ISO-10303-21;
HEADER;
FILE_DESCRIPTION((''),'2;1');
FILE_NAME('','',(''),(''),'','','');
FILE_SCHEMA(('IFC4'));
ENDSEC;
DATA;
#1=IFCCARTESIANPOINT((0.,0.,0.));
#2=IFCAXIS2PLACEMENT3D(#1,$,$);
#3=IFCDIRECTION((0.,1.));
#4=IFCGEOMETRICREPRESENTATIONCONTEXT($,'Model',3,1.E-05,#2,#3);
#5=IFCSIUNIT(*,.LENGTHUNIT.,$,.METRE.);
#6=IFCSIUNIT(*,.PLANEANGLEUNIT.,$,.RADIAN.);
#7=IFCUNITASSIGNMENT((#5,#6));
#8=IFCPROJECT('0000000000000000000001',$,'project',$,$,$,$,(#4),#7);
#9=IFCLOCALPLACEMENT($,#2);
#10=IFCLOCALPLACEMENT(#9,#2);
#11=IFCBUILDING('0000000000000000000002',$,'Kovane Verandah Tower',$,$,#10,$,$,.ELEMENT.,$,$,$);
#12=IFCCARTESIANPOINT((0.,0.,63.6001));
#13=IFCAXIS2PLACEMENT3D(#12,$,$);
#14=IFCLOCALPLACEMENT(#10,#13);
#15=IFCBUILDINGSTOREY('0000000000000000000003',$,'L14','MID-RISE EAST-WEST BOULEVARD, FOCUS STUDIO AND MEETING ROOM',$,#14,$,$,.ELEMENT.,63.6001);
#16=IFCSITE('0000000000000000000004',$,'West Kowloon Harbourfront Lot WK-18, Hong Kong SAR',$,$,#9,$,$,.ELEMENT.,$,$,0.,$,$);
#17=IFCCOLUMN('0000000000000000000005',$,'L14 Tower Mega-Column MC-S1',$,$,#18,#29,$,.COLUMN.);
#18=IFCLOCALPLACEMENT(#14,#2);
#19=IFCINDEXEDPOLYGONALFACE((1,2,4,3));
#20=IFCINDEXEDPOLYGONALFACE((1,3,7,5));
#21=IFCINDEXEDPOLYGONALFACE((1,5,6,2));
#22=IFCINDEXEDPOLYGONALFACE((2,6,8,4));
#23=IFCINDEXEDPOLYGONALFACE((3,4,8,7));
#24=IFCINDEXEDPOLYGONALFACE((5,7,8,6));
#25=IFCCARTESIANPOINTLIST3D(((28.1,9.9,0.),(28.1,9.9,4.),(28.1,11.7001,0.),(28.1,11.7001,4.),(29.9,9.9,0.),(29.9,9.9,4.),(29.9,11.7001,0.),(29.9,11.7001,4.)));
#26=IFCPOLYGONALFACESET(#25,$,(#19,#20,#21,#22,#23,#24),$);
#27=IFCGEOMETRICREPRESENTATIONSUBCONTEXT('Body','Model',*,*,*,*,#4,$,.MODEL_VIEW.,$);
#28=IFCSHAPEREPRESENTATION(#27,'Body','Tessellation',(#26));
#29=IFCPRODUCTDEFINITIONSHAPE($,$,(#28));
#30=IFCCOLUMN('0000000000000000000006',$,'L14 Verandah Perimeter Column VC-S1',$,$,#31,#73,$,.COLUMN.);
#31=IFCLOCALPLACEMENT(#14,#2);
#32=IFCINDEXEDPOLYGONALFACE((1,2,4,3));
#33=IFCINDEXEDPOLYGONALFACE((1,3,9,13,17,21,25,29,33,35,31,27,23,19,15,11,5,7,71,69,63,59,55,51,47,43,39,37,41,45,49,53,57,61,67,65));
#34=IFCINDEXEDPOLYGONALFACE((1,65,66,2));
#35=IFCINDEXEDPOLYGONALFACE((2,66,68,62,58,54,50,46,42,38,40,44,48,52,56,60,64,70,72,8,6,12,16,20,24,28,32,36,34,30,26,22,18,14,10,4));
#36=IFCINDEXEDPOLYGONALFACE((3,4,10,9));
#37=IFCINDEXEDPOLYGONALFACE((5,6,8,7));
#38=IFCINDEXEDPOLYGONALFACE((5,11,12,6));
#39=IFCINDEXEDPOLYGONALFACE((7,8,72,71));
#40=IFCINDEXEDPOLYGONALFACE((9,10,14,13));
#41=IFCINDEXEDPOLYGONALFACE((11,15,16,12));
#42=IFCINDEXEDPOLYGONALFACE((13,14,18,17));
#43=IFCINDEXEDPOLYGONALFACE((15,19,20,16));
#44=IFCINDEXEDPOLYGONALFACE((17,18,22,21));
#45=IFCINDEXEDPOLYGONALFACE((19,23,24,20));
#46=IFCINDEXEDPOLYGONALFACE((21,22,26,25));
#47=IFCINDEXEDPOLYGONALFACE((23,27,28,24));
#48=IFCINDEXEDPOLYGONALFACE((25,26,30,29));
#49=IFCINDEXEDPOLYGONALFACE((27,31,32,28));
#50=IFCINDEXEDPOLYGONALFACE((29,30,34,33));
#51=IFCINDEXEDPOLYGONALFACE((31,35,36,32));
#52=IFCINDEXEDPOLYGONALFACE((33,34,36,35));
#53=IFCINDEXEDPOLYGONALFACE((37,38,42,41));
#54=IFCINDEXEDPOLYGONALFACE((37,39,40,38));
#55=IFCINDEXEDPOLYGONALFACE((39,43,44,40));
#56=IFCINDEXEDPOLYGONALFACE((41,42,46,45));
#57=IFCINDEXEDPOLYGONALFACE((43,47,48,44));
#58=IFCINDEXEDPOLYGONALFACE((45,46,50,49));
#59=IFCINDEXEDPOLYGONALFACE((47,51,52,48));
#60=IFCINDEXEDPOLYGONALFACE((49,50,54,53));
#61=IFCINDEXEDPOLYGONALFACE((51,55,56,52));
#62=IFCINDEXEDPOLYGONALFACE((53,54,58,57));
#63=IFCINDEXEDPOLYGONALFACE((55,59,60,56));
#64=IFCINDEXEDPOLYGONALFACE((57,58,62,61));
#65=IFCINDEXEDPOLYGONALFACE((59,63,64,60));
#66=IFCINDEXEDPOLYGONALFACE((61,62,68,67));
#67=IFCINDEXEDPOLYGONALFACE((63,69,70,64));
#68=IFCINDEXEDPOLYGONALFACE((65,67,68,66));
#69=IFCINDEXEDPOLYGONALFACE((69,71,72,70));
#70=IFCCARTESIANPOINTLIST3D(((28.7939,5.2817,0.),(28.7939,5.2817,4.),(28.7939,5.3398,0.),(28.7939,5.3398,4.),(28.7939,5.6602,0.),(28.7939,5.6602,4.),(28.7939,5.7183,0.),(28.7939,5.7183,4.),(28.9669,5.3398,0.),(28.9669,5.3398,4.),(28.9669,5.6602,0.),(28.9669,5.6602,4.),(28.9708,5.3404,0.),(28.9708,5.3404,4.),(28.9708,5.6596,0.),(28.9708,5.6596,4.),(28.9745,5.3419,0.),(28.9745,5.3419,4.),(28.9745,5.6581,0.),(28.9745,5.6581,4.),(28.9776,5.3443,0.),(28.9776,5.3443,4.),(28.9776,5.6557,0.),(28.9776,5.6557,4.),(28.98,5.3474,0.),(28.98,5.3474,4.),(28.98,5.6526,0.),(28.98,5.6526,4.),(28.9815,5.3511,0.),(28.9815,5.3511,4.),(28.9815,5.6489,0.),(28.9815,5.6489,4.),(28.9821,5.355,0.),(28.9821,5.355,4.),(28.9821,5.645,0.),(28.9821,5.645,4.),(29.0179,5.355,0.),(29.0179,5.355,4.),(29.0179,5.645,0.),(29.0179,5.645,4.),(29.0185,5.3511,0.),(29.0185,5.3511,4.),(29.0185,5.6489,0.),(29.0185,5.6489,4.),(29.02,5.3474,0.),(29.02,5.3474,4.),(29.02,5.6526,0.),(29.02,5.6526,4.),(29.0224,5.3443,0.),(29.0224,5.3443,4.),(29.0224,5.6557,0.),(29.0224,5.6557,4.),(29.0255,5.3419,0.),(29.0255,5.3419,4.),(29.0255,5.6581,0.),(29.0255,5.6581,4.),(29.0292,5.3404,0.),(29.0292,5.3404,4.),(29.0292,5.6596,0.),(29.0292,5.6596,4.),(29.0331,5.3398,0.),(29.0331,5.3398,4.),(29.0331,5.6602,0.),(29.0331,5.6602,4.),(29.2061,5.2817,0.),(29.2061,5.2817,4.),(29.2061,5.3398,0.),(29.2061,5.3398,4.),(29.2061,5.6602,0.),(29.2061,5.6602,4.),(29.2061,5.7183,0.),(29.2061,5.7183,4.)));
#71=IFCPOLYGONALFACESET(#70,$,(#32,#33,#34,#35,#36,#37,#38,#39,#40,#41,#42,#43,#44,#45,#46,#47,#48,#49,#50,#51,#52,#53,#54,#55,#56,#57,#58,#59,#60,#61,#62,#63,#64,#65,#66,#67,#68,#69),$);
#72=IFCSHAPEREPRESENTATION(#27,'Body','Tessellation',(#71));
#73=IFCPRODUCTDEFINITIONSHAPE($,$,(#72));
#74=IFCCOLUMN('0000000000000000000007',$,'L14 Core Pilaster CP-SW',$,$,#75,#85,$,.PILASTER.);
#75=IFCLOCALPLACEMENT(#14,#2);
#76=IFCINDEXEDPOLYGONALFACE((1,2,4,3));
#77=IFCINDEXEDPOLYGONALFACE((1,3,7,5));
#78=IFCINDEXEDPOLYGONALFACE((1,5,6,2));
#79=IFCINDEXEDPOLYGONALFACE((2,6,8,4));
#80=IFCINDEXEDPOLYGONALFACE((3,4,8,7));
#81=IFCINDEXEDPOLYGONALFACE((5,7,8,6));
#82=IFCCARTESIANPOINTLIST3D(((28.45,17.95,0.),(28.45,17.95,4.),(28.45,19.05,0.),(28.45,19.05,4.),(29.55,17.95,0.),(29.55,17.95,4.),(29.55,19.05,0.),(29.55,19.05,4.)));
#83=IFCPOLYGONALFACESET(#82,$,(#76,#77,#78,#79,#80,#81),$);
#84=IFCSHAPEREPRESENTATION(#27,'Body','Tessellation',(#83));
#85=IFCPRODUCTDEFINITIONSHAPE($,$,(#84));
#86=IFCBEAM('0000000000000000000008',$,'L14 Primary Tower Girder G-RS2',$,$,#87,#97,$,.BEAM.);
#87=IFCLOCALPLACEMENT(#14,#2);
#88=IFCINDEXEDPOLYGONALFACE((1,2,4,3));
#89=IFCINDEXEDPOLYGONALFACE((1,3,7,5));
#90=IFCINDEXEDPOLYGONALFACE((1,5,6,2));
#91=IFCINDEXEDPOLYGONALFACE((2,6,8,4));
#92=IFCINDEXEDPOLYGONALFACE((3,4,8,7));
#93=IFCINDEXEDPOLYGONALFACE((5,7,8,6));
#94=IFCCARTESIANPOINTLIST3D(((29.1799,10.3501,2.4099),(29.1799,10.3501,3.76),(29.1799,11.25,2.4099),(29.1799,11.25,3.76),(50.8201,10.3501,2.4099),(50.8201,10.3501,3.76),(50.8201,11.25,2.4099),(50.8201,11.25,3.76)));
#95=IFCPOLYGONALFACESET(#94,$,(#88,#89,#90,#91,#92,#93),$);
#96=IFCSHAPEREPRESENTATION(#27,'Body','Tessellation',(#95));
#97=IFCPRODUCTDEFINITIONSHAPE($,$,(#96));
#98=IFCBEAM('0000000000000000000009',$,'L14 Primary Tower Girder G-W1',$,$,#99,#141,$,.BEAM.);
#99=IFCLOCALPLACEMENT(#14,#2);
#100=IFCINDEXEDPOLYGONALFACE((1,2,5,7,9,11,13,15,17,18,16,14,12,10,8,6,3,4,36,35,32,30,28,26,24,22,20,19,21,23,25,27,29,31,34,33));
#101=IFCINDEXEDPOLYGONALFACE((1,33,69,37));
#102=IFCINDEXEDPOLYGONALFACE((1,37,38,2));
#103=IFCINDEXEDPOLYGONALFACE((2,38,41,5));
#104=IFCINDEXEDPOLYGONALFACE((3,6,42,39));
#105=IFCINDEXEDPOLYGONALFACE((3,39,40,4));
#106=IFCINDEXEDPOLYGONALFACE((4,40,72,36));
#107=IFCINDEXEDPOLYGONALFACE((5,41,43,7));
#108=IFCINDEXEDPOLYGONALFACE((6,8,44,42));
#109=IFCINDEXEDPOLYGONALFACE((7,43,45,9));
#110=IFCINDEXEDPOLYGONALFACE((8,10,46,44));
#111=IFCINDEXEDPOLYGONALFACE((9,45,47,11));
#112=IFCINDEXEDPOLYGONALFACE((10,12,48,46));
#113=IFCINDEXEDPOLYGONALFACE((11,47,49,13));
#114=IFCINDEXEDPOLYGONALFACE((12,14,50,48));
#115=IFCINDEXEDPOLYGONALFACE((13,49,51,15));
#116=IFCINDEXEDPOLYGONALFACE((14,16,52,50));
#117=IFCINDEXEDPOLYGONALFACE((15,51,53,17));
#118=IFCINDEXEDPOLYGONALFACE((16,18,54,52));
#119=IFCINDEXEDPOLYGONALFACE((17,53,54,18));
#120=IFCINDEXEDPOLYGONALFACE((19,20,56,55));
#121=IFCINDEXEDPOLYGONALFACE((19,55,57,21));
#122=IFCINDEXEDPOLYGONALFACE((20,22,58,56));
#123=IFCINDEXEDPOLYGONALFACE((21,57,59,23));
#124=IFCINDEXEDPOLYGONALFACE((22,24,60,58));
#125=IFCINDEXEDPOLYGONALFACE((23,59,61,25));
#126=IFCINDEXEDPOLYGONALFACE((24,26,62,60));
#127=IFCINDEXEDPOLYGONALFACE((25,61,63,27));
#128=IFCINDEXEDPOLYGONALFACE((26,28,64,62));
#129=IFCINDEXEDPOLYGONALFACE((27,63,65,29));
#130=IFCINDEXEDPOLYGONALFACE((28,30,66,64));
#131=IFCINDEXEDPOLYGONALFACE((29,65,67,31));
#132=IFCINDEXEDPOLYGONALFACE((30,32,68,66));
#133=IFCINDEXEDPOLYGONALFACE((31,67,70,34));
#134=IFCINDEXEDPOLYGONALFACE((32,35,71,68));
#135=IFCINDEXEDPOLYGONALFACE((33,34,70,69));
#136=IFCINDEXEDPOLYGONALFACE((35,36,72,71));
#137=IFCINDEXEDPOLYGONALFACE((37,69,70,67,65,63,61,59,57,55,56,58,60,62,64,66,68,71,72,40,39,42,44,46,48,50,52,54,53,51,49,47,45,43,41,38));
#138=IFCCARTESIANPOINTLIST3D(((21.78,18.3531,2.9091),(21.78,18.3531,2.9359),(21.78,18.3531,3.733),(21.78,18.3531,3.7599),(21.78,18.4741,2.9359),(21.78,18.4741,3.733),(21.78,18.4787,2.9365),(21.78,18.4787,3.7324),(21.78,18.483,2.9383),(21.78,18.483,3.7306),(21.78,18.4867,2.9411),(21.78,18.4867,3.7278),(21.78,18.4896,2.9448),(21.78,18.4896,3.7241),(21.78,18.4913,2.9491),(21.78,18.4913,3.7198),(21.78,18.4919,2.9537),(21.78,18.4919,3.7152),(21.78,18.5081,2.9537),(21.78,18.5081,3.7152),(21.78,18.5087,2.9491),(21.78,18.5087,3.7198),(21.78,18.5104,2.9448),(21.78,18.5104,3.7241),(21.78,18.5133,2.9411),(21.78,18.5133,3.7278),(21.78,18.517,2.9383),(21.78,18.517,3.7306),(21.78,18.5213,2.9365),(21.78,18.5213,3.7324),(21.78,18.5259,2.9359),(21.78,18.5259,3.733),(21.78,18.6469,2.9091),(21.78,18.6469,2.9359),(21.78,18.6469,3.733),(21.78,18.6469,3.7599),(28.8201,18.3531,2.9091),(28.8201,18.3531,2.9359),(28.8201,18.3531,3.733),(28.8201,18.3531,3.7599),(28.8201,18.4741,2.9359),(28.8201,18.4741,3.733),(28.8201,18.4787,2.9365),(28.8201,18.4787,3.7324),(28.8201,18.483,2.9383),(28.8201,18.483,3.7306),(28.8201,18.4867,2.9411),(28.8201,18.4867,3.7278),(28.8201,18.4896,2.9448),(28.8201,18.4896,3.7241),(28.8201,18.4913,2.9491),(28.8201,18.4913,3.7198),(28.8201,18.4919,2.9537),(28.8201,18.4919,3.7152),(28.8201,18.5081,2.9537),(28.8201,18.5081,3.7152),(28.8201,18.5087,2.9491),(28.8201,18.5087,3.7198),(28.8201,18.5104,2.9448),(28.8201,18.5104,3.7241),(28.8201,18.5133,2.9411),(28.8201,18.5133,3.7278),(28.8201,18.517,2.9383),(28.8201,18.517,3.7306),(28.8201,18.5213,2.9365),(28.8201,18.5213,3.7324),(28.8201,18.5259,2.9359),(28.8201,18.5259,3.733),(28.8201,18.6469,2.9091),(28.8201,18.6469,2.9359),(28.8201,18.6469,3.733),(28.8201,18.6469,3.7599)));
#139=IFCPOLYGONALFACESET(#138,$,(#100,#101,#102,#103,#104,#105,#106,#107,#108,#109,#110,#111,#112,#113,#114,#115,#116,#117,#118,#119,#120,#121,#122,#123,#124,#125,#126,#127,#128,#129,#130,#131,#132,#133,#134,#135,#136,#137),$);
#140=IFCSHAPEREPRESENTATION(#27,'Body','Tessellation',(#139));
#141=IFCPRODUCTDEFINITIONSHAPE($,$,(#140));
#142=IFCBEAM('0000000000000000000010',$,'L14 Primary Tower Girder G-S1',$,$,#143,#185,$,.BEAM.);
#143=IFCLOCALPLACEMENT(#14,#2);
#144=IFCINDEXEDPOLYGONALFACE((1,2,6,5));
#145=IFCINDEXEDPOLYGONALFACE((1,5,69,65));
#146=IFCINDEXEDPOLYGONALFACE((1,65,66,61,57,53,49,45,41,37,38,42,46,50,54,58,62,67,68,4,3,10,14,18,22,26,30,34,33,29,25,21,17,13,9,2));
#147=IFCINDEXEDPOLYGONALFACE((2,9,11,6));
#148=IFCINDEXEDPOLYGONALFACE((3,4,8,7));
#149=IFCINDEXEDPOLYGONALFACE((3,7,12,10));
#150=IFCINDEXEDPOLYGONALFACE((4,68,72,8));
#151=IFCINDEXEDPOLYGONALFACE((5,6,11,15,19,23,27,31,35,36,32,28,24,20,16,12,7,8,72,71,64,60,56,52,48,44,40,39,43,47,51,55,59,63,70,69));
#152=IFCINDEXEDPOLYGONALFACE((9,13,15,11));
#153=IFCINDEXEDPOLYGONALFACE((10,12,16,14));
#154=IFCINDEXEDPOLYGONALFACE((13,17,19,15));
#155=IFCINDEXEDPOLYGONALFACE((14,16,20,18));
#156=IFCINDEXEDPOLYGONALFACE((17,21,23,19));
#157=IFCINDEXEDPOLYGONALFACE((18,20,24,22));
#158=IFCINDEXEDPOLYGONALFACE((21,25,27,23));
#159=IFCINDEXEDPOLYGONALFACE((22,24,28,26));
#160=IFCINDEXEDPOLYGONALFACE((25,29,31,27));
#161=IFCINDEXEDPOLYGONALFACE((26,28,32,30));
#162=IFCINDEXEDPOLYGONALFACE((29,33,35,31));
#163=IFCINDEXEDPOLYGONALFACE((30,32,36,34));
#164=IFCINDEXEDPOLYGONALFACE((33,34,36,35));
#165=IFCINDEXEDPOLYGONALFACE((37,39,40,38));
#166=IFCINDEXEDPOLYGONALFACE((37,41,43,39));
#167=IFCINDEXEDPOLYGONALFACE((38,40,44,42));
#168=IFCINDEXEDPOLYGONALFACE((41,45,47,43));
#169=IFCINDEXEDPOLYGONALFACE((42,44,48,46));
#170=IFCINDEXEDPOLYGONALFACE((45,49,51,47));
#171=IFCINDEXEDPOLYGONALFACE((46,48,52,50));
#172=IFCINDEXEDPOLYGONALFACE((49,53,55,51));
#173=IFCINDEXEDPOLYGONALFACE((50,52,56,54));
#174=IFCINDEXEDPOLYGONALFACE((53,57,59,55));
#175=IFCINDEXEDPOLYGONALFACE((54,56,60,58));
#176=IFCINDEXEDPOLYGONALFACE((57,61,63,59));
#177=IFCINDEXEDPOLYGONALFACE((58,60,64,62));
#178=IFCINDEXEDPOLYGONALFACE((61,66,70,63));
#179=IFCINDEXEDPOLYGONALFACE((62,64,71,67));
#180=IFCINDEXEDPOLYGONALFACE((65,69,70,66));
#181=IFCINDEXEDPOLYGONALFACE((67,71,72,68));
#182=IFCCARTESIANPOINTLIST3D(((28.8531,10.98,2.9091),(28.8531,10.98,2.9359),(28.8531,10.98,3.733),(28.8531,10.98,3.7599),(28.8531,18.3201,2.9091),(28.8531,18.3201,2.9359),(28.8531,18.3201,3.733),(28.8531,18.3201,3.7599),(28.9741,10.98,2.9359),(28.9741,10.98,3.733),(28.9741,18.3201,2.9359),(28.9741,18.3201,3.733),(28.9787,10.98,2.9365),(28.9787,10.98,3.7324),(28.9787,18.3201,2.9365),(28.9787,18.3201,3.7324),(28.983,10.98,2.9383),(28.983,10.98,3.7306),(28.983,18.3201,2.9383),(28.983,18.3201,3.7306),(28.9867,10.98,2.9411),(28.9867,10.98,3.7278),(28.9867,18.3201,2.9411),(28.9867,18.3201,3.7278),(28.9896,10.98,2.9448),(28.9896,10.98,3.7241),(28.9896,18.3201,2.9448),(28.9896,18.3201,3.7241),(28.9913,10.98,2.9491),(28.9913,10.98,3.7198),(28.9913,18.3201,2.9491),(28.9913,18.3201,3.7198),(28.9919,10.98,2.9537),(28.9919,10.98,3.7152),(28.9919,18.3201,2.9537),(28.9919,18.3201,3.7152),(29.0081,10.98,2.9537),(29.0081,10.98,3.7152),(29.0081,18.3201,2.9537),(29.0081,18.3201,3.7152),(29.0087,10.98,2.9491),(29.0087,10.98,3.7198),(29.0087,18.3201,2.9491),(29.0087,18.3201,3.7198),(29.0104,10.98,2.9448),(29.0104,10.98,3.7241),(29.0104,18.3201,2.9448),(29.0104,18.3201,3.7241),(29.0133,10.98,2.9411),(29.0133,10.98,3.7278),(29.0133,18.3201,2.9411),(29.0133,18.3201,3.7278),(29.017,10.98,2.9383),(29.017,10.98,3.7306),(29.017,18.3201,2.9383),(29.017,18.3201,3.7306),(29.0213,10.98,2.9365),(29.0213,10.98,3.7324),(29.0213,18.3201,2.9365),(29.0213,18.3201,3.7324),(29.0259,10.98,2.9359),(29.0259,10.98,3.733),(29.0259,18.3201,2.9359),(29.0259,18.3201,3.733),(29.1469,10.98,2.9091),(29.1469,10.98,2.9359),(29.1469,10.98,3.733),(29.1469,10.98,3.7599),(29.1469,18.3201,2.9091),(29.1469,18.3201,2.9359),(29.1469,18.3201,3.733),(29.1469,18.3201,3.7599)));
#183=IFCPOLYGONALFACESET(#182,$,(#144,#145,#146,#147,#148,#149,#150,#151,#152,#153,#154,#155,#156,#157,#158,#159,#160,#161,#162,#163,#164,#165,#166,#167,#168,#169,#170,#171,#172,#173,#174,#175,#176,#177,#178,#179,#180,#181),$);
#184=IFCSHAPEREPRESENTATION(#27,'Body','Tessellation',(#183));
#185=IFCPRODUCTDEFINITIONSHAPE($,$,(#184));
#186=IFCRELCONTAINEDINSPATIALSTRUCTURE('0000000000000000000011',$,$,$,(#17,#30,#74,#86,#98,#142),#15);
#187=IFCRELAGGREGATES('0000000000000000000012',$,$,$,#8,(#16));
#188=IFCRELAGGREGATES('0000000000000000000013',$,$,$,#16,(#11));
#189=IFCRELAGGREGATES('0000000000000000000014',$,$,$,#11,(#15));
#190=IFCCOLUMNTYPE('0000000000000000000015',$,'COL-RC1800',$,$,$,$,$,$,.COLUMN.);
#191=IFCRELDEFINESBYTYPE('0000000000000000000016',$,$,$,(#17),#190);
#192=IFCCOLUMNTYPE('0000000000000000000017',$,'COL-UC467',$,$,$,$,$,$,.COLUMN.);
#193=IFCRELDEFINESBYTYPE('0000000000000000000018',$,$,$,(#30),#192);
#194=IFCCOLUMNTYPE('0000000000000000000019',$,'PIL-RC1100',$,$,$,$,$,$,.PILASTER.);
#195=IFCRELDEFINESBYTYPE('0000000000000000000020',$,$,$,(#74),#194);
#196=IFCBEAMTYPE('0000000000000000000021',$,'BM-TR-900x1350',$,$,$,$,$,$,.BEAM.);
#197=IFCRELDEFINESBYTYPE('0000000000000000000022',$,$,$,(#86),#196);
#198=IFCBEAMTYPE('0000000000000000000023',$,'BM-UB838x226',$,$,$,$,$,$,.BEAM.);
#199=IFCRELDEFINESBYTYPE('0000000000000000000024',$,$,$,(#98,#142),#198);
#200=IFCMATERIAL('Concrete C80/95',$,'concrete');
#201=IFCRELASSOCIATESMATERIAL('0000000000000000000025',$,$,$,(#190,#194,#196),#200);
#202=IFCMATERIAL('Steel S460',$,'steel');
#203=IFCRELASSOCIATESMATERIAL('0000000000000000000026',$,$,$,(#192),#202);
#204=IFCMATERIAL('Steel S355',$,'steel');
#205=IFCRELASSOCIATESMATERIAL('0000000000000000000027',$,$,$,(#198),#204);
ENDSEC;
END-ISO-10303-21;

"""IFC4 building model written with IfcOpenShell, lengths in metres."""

from ifc_helpers import new_model, si_unit, direction, frame, origin, origin_2d, place, context, subcontext, project, spatial, rectangle, i_section, extrude, material, material_profile, profile_set, type_object, element, save


model = new_model("IFC4")

# Units and contexts
model_context = context("Model", 3, precision=1e-05, world=origin(), true_north=direction((0.0, 1.0)))
body_context = subcontext(model_context, "Body", "Model", "MODEL_VIEW")
ifc_project = project(units=[si_unit("LENGTHUNIT", "METRE"), si_unit("PLANEANGLEUNIT", "RADIAN")], contexts=[model_context])

# Site, building, storey
site_placement = place(None, origin())
site = spatial("IfcSite", under=ifc_project, at=site_placement, Name="West Kowloon Harbourfront Lot WK-18, Hong Kong SAR", CompositionType="ELEMENT", RefElevation=0.0)
building_placement = place(site_placement, origin())
building = spatial("IfcBuilding", under=site, at=building_placement, Name="Kovane Verandah Tower", CompositionType="ELEMENT")
storey_placement = place(building_placement, frame((0.0, 0.0, 63.6001)))
storey = spatial("IfcBuildingStorey", under=building, at=storey_placement, Name="L14", Description="MID-RISE EAST-WEST BOULEVARD, FOCUS STUDIO AND MEETING ROOM", CompositionType="ELEMENT", Elevation=63.6001)

# Columns
ifc_material_1 = material(Name="Concrete C80/95", Category="concrete")
ifc_material_profile_1 = material_profile(ifc_material_1, rectangle(XDim=1.8, YDim=1.8, at=origin_2d()), Name="RC1800x1800")
ifc_profile_set_1 = profile_set([ifc_material_profile_1], Name="Concrete C80/95")
column_type_1 = type_object("IfcColumnType", Name="COL-RC1800", PredefinedType="COLUMN", material=ifc_profile_set_1)
column_1_placement = place(storey_placement, frame((29.0, 10.8, 0.0), z_axis=(0.0, 0.0, 1.0), x_axis=(1.0, 0.0, 0.0)))
element("IfcColumn", 1, at=column_1_placement, inside=storey, type_object=column_type_1, Name="L14 Tower Mega-Column MC-S1", PredefinedType="COLUMN", context=body_context, shape_type="SweptSolid", body=[
    extrude(rectangle(XDim=1.8, YDim=1.8, at=origin_2d()), origin(), (0.0, 0.0, 1.0), 4.0),
])
ifc_material_2 = material(Name="Steel S460", Category="steel")
ifc_material_profile_2 = material_profile(ifc_material_2, i_section(OverallWidth=0.4121, OverallDepth=0.4365, WebThickness=0.0359, FlangeThickness=0.0581, FilletRadius=0.0151, at=origin_2d()), Name="UC356x406x467")
ifc_profile_set_2 = profile_set([ifc_material_profile_2], Name="Steel S460")
column_type_2 = type_object("IfcColumnType", Name="COL-UC467", PredefinedType="COLUMN", material=ifc_profile_set_2)
column_2_placement = place(storey_placement, frame((29.0, 5.5, 0.0), z_axis=(0.0, 0.0, 1.0), x_axis=(1.0, 0.0, 0.0)))
element("IfcColumn", 2, at=column_2_placement, inside=storey, type_object=column_type_2, Name="L14 Verandah Perimeter Column VC-S1", PredefinedType="COLUMN", context=body_context, shape_type="SweptSolid", body=[
    extrude(i_section(OverallWidth=0.4121, OverallDepth=0.4365, WebThickness=0.0359, FlangeThickness=0.0581, FilletRadius=0.0151, at=origin_2d()), origin(), (0.0, 0.0, 1.0), 4.0),
])
ifc_material_profile_3 = material_profile(ifc_material_1, rectangle(XDim=1.1001, YDim=1.1001, at=origin_2d()), Name="RC1100x1100")
ifc_profile_set_3 = profile_set([ifc_material_profile_3], Name="Concrete C80/95")
column_type_3 = type_object("IfcColumnType", Name="PIL-RC1100", PredefinedType="PILASTER", material=ifc_profile_set_3)
column_3_placement = place(storey_placement, frame((29.0, 18.5, 0.0), z_axis=(0.0, 0.0, 1.0), x_axis=(1.0, 0.0, 0.0)))
element("IfcColumn", 3, at=column_3_placement, inside=storey, type_object=column_type_3, Name="L14 Core Pilaster CP-SW", PredefinedType="PILASTER", context=body_context, shape_type="SweptSolid", body=[
    extrude(rectangle(XDim=1.1001, YDim=1.1001, at=origin_2d()), origin(), (0.0, 0.0, 1.0), 4.0),
])

# Beams
ifc_material_profile_4 = material_profile(ifc_material_1, rectangle(XDim=0.8999, YDim=1.3501, at=origin_2d()), Name="RCB900x1350")
ifc_profile_set_4 = profile_set([ifc_material_profile_4], Name="Concrete C80/95")
beam_type_1 = type_object("IfcBeamType", Name="BM-TR-900x1350", PredefinedType="BEAM", material=ifc_profile_set_4)
beam_1_placement = place(storey_placement, frame((29.1799, 10.8, 3.085), z_axis=(1.0, 0.0, 0.0), x_axis=(0.0, 1.0, 0.0)))
element("IfcBeam", 4, at=beam_1_placement, inside=storey, type_object=beam_type_1, Name="L14 Primary Tower Girder G-RS2", PredefinedType="BEAM", context=body_context, shape_type="SweptSolid", body=[
    extrude(rectangle(XDim=0.8999, YDim=1.3501, at=origin_2d()), origin(), (0.0, 0.0, 1.0), 21.6401),
])
ifc_material_3 = material(Name="Steel S355", Category="steel")
ifc_material_profile_5 = material_profile(ifc_material_3, i_section(OverallWidth=0.2937, OverallDepth=0.8508, WebThickness=0.0161, FlangeThickness=0.0269, FilletRadius=0.0178, at=origin_2d()), Name="UB838x292x226")
ifc_profile_set_5 = profile_set([ifc_material_profile_5], Name="Steel S355")
beam_type_2 = type_object("IfcBeamType", Name="BM-UB838x226", PredefinedType="BEAM", material=ifc_profile_set_5)
beam_2_placement = place(storey_placement, frame((28.8201, 18.5, 3.3345), z_axis=(-1.0, 0.0, 0.0), x_axis=(0.0, -1.0, 0.0)))
element("IfcBeam", 5, at=beam_2_placement, inside=storey, type_object=beam_type_2, Name="L14 Primary Tower Girder G-W1", PredefinedType="BEAM", context=body_context, shape_type="SweptSolid", body=[
    extrude(i_section(OverallWidth=0.2937, OverallDepth=0.8508, WebThickness=0.0161, FlangeThickness=0.0269, FilletRadius=0.0178, at=origin_2d()), origin(), (0.0, 0.0, 1.0), 7.04),
])
beam_3_placement = place(storey_placement, frame((29.0, 18.3201, 3.3345), z_axis=(0.0, -1.0, 0.0), x_axis=(1.0, 0.0, 0.0)))
element("IfcBeam", 6, at=beam_3_placement, inside=storey, type_object=beam_type_2, Name="L14 Primary Tower Girder G-S1", PredefinedType="BEAM", context=body_context, shape_type="SweptSolid", body=[
    extrude(i_section(OverallWidth=0.2937, OverallDepth=0.8508, WebThickness=0.0161, FlangeThickness=0.0269, FilletRadius=0.0178, at=origin_2d()), origin(), (0.0, 0.0, 1.0), 7.3401),
])

save(model, "model.ifc")
